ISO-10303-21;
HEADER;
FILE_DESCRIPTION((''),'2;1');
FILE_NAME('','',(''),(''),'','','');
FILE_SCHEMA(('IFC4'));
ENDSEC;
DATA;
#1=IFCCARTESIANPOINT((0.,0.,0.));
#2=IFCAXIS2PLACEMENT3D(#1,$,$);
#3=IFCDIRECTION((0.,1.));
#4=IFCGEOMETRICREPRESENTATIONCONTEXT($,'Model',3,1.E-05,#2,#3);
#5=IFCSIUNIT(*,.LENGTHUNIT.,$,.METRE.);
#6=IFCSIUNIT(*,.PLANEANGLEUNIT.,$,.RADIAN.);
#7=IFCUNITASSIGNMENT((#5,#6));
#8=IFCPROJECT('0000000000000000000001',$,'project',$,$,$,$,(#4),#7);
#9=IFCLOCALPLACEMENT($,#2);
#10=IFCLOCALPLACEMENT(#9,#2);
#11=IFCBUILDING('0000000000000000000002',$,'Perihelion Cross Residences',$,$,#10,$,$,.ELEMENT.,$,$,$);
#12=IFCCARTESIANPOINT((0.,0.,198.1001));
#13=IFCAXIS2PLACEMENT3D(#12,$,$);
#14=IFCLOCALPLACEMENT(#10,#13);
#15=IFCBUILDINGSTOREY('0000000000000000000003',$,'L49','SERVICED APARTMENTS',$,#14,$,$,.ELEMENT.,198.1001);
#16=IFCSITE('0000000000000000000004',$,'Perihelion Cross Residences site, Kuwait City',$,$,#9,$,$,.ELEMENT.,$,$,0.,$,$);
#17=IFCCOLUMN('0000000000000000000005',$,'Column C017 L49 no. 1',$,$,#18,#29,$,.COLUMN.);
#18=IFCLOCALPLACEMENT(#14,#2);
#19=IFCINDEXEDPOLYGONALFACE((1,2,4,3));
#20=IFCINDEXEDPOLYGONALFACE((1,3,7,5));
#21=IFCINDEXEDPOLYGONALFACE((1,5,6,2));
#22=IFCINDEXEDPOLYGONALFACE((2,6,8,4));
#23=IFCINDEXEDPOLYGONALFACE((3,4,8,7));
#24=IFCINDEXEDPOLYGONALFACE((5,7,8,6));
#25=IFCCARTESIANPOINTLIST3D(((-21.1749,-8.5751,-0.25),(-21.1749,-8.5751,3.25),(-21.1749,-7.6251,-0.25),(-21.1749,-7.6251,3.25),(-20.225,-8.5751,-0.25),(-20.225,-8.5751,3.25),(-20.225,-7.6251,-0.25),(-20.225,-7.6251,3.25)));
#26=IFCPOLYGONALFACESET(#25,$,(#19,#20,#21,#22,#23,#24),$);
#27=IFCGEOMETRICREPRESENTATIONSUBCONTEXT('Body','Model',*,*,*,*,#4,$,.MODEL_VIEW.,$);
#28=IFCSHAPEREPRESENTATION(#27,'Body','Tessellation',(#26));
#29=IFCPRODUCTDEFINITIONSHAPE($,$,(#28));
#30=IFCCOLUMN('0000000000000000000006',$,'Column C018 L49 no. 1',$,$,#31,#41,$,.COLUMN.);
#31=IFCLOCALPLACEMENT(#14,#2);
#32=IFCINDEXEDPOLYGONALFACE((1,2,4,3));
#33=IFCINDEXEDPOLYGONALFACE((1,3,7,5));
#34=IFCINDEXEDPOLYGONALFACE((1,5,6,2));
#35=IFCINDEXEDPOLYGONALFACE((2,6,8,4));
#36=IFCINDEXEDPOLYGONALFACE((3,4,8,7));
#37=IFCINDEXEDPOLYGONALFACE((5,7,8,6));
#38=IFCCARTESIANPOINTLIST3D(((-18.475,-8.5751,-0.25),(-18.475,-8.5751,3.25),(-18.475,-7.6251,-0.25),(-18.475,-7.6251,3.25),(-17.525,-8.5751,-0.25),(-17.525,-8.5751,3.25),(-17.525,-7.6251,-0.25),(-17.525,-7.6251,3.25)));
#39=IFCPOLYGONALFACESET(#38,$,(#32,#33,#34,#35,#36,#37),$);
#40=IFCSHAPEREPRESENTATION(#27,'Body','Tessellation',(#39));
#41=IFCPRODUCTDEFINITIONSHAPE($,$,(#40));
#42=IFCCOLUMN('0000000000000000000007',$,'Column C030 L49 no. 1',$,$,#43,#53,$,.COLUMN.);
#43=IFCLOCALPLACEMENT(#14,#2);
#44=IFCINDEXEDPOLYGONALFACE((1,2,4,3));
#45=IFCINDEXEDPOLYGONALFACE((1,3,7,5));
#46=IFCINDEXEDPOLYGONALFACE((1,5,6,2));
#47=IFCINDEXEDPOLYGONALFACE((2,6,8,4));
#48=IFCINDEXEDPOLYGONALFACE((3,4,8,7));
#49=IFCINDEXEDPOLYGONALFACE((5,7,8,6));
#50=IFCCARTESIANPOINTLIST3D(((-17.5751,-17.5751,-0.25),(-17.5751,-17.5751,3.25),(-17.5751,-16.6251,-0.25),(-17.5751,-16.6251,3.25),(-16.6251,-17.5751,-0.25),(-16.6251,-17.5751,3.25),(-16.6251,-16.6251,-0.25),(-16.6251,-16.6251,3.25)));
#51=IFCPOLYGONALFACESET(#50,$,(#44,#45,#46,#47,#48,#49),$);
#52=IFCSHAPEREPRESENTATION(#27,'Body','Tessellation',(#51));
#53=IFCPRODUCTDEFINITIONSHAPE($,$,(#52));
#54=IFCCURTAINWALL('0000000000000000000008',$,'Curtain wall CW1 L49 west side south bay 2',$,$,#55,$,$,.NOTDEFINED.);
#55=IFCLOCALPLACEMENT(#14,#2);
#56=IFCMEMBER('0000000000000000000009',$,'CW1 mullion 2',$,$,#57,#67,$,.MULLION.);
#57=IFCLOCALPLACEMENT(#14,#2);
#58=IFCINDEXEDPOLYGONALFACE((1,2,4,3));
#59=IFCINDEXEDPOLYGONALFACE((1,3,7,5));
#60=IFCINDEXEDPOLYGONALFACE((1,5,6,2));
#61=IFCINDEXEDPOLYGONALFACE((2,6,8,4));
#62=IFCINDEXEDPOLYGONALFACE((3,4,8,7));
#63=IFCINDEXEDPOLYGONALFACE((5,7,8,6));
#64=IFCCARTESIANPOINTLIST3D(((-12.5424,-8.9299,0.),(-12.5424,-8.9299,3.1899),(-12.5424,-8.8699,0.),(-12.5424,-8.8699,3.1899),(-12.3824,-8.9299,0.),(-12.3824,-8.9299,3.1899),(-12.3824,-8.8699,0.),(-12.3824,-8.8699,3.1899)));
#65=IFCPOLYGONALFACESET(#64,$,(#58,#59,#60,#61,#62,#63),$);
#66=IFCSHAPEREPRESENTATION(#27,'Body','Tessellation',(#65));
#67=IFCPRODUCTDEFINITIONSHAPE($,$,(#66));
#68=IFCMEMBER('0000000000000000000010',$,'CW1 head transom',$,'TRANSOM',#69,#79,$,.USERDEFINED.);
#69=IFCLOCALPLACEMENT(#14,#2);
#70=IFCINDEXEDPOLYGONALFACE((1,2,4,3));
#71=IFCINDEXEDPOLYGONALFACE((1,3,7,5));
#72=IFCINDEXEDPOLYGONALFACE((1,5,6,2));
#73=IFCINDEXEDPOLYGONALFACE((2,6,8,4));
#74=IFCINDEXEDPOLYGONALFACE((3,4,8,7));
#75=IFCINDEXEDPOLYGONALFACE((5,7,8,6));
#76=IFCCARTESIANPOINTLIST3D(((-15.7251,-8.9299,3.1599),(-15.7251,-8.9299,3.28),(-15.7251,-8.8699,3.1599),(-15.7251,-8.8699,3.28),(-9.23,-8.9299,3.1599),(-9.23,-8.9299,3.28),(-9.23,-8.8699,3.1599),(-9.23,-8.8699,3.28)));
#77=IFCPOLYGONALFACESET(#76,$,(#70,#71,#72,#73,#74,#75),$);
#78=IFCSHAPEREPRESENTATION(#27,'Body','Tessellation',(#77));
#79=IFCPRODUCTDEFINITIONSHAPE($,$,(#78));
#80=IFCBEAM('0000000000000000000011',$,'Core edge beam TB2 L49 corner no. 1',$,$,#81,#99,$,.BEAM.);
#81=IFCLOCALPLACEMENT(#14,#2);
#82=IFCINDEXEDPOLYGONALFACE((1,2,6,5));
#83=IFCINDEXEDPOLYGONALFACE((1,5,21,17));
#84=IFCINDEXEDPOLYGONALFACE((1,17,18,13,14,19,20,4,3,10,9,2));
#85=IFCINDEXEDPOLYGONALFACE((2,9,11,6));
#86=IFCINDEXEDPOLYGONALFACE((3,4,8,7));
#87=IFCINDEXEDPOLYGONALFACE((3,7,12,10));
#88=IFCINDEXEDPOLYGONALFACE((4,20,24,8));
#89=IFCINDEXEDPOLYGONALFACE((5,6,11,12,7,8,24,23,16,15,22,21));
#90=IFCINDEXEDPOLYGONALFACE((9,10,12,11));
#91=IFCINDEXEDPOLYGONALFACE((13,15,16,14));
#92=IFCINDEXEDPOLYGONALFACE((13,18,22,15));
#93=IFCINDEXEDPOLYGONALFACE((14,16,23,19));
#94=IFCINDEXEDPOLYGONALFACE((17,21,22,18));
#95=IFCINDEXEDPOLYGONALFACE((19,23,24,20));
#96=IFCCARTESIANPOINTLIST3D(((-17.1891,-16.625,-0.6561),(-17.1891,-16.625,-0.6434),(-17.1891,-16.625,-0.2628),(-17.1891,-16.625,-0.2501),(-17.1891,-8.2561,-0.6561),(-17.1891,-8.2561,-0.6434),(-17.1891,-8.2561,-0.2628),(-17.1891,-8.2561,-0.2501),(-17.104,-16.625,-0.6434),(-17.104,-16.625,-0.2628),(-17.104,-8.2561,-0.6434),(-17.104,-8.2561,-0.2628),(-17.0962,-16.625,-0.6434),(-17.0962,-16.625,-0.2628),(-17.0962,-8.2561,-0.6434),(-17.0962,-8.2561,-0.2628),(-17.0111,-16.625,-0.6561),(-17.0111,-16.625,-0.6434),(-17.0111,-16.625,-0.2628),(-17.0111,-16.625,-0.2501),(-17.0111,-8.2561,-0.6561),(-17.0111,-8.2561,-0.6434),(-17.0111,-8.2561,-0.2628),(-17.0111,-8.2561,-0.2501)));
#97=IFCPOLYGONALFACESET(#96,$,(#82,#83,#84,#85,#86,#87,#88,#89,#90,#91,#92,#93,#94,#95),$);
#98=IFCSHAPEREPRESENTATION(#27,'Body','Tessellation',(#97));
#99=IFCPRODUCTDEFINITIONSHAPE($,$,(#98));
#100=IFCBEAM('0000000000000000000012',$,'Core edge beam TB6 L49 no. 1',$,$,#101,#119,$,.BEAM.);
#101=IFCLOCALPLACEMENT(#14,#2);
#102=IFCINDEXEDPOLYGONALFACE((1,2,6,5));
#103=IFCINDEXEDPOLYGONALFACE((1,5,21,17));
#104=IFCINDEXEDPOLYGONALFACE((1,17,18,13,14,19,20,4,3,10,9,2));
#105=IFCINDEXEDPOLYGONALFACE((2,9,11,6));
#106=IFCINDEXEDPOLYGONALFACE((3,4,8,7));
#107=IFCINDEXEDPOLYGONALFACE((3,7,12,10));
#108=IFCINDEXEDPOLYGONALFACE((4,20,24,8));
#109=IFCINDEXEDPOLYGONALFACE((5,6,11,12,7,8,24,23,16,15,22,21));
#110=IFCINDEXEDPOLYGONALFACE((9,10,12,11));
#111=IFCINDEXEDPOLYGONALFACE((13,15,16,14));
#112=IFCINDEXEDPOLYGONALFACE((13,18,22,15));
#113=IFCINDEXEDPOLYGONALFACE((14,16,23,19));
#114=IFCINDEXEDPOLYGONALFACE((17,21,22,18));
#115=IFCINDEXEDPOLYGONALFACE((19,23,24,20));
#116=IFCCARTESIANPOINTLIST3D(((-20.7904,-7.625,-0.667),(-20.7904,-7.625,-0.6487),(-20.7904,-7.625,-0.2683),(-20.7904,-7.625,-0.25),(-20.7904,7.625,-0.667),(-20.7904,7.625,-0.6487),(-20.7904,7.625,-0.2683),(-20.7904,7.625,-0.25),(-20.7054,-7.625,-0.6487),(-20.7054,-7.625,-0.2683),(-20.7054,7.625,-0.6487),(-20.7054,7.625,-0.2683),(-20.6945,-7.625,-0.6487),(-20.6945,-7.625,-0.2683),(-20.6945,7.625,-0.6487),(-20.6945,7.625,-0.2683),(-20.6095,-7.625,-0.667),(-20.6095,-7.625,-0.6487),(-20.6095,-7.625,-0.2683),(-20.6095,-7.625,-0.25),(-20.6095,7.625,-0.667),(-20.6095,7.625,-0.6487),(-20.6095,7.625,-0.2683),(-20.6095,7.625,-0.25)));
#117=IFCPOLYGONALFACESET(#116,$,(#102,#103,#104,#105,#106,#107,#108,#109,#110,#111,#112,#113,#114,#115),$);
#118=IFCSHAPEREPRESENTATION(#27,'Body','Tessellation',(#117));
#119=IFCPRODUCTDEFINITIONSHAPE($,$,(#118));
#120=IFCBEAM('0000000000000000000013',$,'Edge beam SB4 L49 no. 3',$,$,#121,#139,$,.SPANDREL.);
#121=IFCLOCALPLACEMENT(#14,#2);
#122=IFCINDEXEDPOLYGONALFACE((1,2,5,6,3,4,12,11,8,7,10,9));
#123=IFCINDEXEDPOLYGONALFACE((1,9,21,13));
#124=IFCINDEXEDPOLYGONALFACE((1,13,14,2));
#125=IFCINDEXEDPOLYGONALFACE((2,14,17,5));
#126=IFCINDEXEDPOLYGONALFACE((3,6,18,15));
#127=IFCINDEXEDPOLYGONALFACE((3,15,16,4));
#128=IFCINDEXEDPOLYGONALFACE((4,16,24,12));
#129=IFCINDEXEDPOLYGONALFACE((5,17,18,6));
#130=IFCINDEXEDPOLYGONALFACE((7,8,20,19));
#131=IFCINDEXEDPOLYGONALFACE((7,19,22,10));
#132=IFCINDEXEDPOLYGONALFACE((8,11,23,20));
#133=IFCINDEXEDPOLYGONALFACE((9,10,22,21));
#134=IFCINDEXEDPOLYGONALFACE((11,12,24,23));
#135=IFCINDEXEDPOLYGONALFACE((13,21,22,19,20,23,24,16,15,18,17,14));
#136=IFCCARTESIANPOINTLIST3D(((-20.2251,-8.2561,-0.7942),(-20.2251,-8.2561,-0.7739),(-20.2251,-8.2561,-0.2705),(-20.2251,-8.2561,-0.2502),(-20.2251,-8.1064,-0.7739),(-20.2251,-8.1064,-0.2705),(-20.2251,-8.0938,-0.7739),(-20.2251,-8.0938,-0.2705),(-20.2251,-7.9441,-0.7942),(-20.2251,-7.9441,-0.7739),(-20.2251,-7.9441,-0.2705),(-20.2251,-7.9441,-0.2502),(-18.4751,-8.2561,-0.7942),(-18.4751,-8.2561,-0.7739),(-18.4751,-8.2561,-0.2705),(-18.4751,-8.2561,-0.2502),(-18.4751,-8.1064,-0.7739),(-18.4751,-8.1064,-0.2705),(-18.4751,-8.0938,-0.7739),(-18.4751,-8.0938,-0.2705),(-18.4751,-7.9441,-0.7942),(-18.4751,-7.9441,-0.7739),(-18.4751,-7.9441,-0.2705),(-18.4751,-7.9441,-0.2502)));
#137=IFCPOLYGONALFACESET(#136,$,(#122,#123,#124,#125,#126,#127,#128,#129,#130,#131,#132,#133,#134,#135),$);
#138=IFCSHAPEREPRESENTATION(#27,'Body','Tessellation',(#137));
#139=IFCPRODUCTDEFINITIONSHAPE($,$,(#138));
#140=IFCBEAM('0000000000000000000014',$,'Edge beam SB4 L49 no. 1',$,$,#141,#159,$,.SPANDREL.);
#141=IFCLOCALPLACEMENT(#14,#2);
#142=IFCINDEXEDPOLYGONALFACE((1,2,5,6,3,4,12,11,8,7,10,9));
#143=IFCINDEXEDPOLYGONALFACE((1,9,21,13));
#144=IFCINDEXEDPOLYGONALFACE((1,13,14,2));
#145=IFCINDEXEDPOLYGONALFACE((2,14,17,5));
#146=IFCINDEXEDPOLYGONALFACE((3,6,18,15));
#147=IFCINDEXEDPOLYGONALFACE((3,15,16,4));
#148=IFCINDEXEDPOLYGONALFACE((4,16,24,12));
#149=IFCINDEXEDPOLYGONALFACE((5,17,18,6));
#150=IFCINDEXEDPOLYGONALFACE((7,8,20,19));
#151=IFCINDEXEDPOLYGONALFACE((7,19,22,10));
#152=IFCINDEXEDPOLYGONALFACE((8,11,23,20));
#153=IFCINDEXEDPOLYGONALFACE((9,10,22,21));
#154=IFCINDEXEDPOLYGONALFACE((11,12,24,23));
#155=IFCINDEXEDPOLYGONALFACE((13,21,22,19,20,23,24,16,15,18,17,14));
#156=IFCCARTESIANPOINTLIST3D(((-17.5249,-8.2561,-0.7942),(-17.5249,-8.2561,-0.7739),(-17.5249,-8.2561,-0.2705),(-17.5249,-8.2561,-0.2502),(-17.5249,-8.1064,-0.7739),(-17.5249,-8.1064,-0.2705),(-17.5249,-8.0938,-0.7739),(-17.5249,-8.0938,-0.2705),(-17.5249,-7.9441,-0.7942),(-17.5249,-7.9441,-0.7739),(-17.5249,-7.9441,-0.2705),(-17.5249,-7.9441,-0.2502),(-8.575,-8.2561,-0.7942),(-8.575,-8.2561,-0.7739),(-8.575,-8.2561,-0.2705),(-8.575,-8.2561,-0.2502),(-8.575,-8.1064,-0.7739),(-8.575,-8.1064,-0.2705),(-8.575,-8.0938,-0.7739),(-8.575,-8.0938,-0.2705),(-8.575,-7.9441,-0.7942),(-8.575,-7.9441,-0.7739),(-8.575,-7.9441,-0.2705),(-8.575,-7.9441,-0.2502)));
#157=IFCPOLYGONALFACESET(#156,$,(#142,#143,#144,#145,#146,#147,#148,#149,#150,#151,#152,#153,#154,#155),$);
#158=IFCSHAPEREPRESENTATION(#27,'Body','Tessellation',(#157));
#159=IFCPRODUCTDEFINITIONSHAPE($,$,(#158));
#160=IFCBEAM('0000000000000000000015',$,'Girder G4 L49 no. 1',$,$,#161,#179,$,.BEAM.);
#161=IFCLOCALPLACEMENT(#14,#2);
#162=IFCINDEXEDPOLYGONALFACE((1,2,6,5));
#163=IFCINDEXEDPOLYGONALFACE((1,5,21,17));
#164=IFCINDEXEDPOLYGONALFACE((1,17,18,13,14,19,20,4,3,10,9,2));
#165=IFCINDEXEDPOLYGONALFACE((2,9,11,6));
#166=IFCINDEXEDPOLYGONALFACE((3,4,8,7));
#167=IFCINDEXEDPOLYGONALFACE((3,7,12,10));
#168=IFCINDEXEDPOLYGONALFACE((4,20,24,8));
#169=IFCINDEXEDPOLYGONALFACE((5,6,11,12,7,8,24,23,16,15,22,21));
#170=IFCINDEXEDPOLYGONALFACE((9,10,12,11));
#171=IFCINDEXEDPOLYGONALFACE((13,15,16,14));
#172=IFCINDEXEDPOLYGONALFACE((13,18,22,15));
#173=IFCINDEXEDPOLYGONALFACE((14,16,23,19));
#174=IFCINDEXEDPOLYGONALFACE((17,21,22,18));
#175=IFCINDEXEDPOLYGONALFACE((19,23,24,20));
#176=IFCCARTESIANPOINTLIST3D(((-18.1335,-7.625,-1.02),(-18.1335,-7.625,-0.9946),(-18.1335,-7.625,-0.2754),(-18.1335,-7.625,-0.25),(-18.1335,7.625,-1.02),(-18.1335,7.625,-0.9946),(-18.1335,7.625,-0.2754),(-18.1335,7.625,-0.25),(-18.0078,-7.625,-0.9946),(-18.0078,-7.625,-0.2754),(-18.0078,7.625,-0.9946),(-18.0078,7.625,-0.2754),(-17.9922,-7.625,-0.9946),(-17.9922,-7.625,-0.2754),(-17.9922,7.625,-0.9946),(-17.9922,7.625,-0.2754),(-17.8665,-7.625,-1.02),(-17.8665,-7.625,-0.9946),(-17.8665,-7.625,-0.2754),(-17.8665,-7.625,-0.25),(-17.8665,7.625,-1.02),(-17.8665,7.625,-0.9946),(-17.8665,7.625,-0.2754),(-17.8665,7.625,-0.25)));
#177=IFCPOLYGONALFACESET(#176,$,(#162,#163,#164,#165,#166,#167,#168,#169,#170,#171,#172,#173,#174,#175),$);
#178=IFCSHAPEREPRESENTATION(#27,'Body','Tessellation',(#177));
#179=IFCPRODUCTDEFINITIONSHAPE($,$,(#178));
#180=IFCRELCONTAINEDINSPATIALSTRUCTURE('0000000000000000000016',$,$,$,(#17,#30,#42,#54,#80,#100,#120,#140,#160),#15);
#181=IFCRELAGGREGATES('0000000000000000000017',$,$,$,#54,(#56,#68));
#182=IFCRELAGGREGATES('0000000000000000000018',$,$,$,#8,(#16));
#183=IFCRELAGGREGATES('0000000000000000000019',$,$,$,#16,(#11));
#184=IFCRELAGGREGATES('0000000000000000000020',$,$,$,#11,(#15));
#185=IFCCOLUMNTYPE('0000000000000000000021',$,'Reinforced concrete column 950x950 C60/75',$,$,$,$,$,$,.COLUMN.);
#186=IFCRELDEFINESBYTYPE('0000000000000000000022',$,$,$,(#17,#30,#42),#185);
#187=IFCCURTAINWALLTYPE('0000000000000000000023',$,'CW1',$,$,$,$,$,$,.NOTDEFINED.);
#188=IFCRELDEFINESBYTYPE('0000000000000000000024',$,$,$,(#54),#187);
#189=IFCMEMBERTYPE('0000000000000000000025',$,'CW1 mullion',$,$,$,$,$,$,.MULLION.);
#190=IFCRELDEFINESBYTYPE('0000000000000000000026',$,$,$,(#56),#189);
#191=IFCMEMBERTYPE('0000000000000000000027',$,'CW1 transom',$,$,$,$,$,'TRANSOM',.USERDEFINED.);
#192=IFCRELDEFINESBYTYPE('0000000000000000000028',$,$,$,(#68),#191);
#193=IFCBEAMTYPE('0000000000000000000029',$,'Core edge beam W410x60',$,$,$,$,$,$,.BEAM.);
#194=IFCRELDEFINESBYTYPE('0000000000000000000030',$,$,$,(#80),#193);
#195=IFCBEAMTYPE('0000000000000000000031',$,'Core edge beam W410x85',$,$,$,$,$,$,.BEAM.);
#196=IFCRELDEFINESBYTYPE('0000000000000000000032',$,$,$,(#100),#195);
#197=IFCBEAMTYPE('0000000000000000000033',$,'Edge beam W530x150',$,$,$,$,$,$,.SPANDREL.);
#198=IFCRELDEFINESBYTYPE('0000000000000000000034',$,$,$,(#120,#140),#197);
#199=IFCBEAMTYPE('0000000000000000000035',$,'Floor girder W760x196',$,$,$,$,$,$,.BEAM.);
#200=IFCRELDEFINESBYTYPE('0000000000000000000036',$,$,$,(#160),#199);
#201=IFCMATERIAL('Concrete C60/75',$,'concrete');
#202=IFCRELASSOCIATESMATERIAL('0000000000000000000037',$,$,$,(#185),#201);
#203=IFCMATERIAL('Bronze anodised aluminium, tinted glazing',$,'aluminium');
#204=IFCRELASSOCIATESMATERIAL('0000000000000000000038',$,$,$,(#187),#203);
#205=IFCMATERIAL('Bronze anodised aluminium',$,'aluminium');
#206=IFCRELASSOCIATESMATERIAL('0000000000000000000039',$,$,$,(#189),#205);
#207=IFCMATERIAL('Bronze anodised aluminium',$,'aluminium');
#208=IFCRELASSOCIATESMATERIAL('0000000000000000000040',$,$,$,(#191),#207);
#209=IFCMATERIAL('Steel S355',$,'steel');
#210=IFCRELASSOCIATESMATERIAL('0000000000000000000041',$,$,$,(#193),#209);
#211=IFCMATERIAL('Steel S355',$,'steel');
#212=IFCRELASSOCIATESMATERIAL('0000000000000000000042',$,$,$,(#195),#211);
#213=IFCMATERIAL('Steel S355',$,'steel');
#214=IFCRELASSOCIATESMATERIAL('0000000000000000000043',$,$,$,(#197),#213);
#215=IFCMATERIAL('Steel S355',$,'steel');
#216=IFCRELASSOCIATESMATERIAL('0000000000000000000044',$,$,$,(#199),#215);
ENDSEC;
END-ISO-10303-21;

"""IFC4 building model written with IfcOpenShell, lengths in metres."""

from ifc_helpers import new_model, si_unit, direction, frame, origin, origin_2d, place, context, subcontext, project, spatial, rectangle, i_section, extrude, material, material_profile, profile_set, type_object, element, aggregate, save


model = new_model("IFC4")

# Units and contexts
model_context = context("Model", 3, precision=1e-05, world=origin(), true_north=direction((0.0, 1.0)))
body_context = subcontext(model_context, "Body", "Model", "MODEL_VIEW")
ifc_project = project(units=[si_unit("LENGTHUNIT", "METRE"), si_unit("PLANEANGLEUNIT", "RADIAN")], contexts=[model_context])

# Site, building, storey
site_placement = place(None, origin())
site = spatial("IfcSite", under=ifc_project, at=site_placement, Name="Perihelion Cross Residences site, Kuwait City", CompositionType="ELEMENT", RefElevation=0.0)
building_placement = place(site_placement, origin())
building = spatial("IfcBuilding", under=site, at=building_placement, Name="Perihelion Cross Residences", CompositionType="ELEMENT")
storey_placement = place(building_placement, frame((0.0, 0.0, 198.1001)))
storey = spatial("IfcBuildingStorey", under=building, at=storey_placement, Name="L49", Description="SERVICED APARTMENTS", CompositionType="ELEMENT", Elevation=198.1001)

# Columns
ifc_material_1 = material(Name="Concrete C60/75", Category="concrete")
ifc_material_profile_1 = material_profile(ifc_material_1, rectangle(XDim=0.95, YDim=0.95, at=origin_2d()), Name="RC 950x950")
ifc_profile_set_1 = profile_set([ifc_material_profile_1], Name="Concrete C60/75")
column_type = type_object("IfcColumnType", Name="Reinforced concrete column 950x950 C60/75", PredefinedType="COLUMN", material=ifc_profile_set_1)
for number, where, z_axis, x_axis, name in (
    (1, (-20.7, -8.1001, -0.25), (0.0, 0.0, 1.0), (1.0, 0.0, 0.0), "Column C017 L49 no. 1"),
    (2, (-18.0, -8.1001, -0.25), (0.0, 0.0, 1.0), (1.0, 0.0, 0.0), "Column C018 L49 no. 1"),
    (3, (-17.1001, -17.1001, -0.25), (0.0, 0.0, 1.0), (1.0, 0.0, 0.0), "Column C030 L49 no. 1"),
):
    element("IfcColumn", number, at=place(storey_placement, frame(where, z_axis=z_axis, x_axis=x_axis)), inside=storey, type_object=column_type, Name=name, PredefinedType="COLUMN", context=body_context, shape_type="SweptSolid", body=[
        extrude(rectangle(XDim=0.95, YDim=0.95, at=origin_2d()), origin(), (0.0, 0.0, 1.0), 3.5),
    ])

# Curtain wall, members
ifc_material_2 = material(Name="Bronze anodised aluminium, tinted glazing", Category="aluminium")
curtain_wall_type = type_object("IfcCurtainWallType", Name="CW1", PredefinedType="NOTDEFINED", material=ifc_material_2)
curtain_wall_placement = place(storey_placement, origin())
curtain_wall = element("IfcCurtainWall", 4, at=curtain_wall_placement, inside=storey, type_object=curtain_wall_type, Name="Curtain wall CW1 L49 west side south bay 2", PredefinedType="NOTDEFINED")
ifc_material_3 = material(Name="Bronze anodised aluminium", Category="aluminium")
ifc_material_profile_2 = material_profile(ifc_material_3, rectangle(XDim=0.0601, YDim=0.1599, at=origin_2d()), Name="CW1 mullion")
ifc_profile_set_2 = profile_set([ifc_material_profile_2], Name="Bronze anodised aluminium")
member_type_1 = type_object("IfcMemberType", Name="CW1 mullion", PredefinedType="MULLION", material=ifc_profile_set_2)
member_1_placement = place(storey_placement, frame((-12.4624, -8.8999, 0.0), z_axis=(0.0, 0.0, 1.0), x_axis=(0.0, 1.0, 0.0)))
member_1 = element("IfcMember", 5, at=member_1_placement, type_object=member_type_1, Name="CW1 mullion 2", PredefinedType="MULLION", context=body_context, shape_type="SweptSolid", body=[
    extrude(rectangle(XDim=0.0601, YDim=0.1599, at=origin_2d()), origin(), (0.0, 0.0, 1.0), 3.1899),
])
ifc_material_4 = material(Name="Bronze anodised aluminium", Category="aluminium")
ifc_material_profile_3 = material_profile(ifc_material_4, rectangle(XDim=0.0601, YDim=0.1201, at=origin_2d()), Name="CW1 transom")
ifc_profile_set_3 = profile_set([ifc_material_profile_3], Name="Bronze anodised aluminium")
member_type_2 = type_object("IfcMemberType", Name="CW1 transom", ElementType="TRANSOM", PredefinedType="USERDEFINED", material=ifc_profile_set_3)
member_2_placement = place(storey_placement, frame((-15.7251, -8.8999, 3.22), z_axis=(1.0, 0.0, 0.0), x_axis=(0.0, 1.0, 0.0)))
member_2 = element("IfcMember", 6, at=member_2_placement, type_object=member_type_2, Name="CW1 head transom", ObjectType="TRANSOM", PredefinedType="USERDEFINED", context=body_context, shape_type="SweptSolid", body=[
    extrude(rectangle(XDim=0.0601, YDim=0.1201, at=origin_2d()), origin(), (0.0, 0.0, 1.0), 6.4951),
])

# Beams
ifc_material_5 = material(Name="Steel S355", Category="steel")
ifc_material_profile_4 = material_profile(ifc_material_5, i_section(OverallWidth=0.178, OverallDepth=0.406, WebThickness=0.0078, FlangeThickness=0.0127, at=origin_2d()), Name="W410x60")
ifc_profile_set_4 = profile_set([ifc_material_profile_4], Name="Steel S355")
beam_type_1 = type_object("IfcBeamType", Name="Core edge beam W410x60", PredefinedType="BEAM", material=ifc_profile_set_4)
beam_1_placement = place(storey_placement, frame((-17.1001, -8.2561, -0.4531), z_axis=(0.0, -1.0, 0.0), x_axis=(1.0, 0.0, 0.0)))
element("IfcBeam", 7, at=beam_1_placement, inside=storey, type_object=beam_type_1, Name="Core edge beam TB2 L49 corner no. 1", PredefinedType="BEAM", context=body_context, shape_type="SweptSolid", body=[
    extrude(i_section(OverallWidth=0.178, OverallDepth=0.406, WebThickness=0.0078, FlangeThickness=0.0127, at=origin_2d()), origin(), (0.0, 0.0, 1.0), 8.3689),
])
ifc_material_6 = material(Name="Steel S355", Category="steel")
ifc_material_profile_5 = material_profile(ifc_material_6, i_section(OverallWidth=0.1809, OverallDepth=0.417, WebThickness=0.011, FlangeThickness=0.0183, at=origin_2d()), Name="W410x85")
ifc_profile_set_5 = profile_set([ifc_material_profile_5], Name="Steel S355")
beam_type_2 = type_object("IfcBeamType", Name="Core edge beam W410x85", PredefinedType="BEAM", material=ifc_profile_set_5)
beam_2_placement = place(storey_placement, frame((-20.7, -7.625, -0.4585), z_axis=(0.0, 1.0, 0.0), x_axis=(-1.0, 0.0, 0.0)))
element("IfcBeam", 8, at=beam_2_placement, inside=storey, type_object=beam_type_2, Name="Core edge beam TB6 L49 no. 1", PredefinedType="BEAM", context=body_context, shape_type="SweptSolid", body=[
    extrude(i_section(OverallWidth=0.1809, OverallDepth=0.417, WebThickness=0.011, FlangeThickness=0.0183, at=origin_2d()), origin(), (0.0, 0.0, 1.0), 15.25),
])
ifc_material_7 = material(Name="Steel S355", Category="steel")
ifc_material_profile_6 = material_profile(ifc_material_7, i_section(OverallWidth=0.312, OverallDepth=0.5439, WebThickness=0.0127, FlangeThickness=0.0203, at=origin_2d()), Name="W530x150")
ifc_profile_set_6 = profile_set([ifc_material_profile_6], Name="Steel S355")
beam_type_3 = type_object("IfcBeamType", Name="Edge beam W530x150", PredefinedType="SPANDREL", material=ifc_profile_set_6)
beam_3_placement = place(storey_placement, frame((-20.2251, -8.1001, -0.5222), z_axis=(1.0, 0.0, 0.0), x_axis=(0.0, 1.0, 0.0)))
element("IfcBeam", 9, at=beam_3_placement, inside=storey, type_object=beam_type_3, Name="Edge beam SB4 L49 no. 3", PredefinedType="SPANDREL", context=body_context, shape_type="SweptSolid", body=[
    extrude(i_section(OverallWidth=0.312, OverallDepth=0.5439, WebThickness=0.0127, FlangeThickness=0.0203, at=origin_2d()), origin(), (0.0, 0.0, 1.0), 1.75),
])
beam_4_placement = place(storey_placement, frame((-17.5249, -8.1001, -0.5222), z_axis=(1.0, 0.0, 0.0), x_axis=(0.0, 1.0, 0.0)))
element("IfcBeam", 10, at=beam_4_placement, inside=storey, type_object=beam_type_3, Name="Edge beam SB4 L49 no. 1", PredefinedType="SPANDREL", context=body_context, shape_type="SweptSolid", body=[
    extrude(i_section(OverallWidth=0.312, OverallDepth=0.5439, WebThickness=0.0127, FlangeThickness=0.0203, at=origin_2d()), origin(), (0.0, 0.0, 1.0), 8.95),
])
ifc_material_8 = material(Name="Steel S355", Category="steel")
ifc_material_profile_7 = material_profile(ifc_material_8, i_section(OverallWidth=0.2671, OverallDepth=0.77, WebThickness=0.0156, FlangeThickness=0.0254, at=origin_2d()), Name="W760x196")
ifc_profile_set_7 = profile_set([ifc_material_profile_7], Name="Steel S355")
beam_type_4 = type_object("IfcBeamType", Name="Floor girder W760x196", PredefinedType="BEAM", material=ifc_profile_set_7)
beam_5_placement = place(storey_placement, frame((-18.0, -7.625, -0.635), z_axis=(0.0, 1.0, 0.0), x_axis=(-1.0, 0.0, 0.0)))
element("IfcBeam", 11, at=beam_5_placement, inside=storey, type_object=beam_type_4, Name="Girder G4 L49 no. 1", PredefinedType="BEAM", context=body_context, shape_type="SweptSolid", body=[
    extrude(i_section(OverallWidth=0.2671, OverallDepth=0.77, WebThickness=0.0156, FlangeThickness=0.0254, at=origin_2d()), origin(), (0.0, 0.0, 1.0), 15.25),
])

aggregate(curtain_wall, [member_1, member_2])

save(model, "model.ifc")
